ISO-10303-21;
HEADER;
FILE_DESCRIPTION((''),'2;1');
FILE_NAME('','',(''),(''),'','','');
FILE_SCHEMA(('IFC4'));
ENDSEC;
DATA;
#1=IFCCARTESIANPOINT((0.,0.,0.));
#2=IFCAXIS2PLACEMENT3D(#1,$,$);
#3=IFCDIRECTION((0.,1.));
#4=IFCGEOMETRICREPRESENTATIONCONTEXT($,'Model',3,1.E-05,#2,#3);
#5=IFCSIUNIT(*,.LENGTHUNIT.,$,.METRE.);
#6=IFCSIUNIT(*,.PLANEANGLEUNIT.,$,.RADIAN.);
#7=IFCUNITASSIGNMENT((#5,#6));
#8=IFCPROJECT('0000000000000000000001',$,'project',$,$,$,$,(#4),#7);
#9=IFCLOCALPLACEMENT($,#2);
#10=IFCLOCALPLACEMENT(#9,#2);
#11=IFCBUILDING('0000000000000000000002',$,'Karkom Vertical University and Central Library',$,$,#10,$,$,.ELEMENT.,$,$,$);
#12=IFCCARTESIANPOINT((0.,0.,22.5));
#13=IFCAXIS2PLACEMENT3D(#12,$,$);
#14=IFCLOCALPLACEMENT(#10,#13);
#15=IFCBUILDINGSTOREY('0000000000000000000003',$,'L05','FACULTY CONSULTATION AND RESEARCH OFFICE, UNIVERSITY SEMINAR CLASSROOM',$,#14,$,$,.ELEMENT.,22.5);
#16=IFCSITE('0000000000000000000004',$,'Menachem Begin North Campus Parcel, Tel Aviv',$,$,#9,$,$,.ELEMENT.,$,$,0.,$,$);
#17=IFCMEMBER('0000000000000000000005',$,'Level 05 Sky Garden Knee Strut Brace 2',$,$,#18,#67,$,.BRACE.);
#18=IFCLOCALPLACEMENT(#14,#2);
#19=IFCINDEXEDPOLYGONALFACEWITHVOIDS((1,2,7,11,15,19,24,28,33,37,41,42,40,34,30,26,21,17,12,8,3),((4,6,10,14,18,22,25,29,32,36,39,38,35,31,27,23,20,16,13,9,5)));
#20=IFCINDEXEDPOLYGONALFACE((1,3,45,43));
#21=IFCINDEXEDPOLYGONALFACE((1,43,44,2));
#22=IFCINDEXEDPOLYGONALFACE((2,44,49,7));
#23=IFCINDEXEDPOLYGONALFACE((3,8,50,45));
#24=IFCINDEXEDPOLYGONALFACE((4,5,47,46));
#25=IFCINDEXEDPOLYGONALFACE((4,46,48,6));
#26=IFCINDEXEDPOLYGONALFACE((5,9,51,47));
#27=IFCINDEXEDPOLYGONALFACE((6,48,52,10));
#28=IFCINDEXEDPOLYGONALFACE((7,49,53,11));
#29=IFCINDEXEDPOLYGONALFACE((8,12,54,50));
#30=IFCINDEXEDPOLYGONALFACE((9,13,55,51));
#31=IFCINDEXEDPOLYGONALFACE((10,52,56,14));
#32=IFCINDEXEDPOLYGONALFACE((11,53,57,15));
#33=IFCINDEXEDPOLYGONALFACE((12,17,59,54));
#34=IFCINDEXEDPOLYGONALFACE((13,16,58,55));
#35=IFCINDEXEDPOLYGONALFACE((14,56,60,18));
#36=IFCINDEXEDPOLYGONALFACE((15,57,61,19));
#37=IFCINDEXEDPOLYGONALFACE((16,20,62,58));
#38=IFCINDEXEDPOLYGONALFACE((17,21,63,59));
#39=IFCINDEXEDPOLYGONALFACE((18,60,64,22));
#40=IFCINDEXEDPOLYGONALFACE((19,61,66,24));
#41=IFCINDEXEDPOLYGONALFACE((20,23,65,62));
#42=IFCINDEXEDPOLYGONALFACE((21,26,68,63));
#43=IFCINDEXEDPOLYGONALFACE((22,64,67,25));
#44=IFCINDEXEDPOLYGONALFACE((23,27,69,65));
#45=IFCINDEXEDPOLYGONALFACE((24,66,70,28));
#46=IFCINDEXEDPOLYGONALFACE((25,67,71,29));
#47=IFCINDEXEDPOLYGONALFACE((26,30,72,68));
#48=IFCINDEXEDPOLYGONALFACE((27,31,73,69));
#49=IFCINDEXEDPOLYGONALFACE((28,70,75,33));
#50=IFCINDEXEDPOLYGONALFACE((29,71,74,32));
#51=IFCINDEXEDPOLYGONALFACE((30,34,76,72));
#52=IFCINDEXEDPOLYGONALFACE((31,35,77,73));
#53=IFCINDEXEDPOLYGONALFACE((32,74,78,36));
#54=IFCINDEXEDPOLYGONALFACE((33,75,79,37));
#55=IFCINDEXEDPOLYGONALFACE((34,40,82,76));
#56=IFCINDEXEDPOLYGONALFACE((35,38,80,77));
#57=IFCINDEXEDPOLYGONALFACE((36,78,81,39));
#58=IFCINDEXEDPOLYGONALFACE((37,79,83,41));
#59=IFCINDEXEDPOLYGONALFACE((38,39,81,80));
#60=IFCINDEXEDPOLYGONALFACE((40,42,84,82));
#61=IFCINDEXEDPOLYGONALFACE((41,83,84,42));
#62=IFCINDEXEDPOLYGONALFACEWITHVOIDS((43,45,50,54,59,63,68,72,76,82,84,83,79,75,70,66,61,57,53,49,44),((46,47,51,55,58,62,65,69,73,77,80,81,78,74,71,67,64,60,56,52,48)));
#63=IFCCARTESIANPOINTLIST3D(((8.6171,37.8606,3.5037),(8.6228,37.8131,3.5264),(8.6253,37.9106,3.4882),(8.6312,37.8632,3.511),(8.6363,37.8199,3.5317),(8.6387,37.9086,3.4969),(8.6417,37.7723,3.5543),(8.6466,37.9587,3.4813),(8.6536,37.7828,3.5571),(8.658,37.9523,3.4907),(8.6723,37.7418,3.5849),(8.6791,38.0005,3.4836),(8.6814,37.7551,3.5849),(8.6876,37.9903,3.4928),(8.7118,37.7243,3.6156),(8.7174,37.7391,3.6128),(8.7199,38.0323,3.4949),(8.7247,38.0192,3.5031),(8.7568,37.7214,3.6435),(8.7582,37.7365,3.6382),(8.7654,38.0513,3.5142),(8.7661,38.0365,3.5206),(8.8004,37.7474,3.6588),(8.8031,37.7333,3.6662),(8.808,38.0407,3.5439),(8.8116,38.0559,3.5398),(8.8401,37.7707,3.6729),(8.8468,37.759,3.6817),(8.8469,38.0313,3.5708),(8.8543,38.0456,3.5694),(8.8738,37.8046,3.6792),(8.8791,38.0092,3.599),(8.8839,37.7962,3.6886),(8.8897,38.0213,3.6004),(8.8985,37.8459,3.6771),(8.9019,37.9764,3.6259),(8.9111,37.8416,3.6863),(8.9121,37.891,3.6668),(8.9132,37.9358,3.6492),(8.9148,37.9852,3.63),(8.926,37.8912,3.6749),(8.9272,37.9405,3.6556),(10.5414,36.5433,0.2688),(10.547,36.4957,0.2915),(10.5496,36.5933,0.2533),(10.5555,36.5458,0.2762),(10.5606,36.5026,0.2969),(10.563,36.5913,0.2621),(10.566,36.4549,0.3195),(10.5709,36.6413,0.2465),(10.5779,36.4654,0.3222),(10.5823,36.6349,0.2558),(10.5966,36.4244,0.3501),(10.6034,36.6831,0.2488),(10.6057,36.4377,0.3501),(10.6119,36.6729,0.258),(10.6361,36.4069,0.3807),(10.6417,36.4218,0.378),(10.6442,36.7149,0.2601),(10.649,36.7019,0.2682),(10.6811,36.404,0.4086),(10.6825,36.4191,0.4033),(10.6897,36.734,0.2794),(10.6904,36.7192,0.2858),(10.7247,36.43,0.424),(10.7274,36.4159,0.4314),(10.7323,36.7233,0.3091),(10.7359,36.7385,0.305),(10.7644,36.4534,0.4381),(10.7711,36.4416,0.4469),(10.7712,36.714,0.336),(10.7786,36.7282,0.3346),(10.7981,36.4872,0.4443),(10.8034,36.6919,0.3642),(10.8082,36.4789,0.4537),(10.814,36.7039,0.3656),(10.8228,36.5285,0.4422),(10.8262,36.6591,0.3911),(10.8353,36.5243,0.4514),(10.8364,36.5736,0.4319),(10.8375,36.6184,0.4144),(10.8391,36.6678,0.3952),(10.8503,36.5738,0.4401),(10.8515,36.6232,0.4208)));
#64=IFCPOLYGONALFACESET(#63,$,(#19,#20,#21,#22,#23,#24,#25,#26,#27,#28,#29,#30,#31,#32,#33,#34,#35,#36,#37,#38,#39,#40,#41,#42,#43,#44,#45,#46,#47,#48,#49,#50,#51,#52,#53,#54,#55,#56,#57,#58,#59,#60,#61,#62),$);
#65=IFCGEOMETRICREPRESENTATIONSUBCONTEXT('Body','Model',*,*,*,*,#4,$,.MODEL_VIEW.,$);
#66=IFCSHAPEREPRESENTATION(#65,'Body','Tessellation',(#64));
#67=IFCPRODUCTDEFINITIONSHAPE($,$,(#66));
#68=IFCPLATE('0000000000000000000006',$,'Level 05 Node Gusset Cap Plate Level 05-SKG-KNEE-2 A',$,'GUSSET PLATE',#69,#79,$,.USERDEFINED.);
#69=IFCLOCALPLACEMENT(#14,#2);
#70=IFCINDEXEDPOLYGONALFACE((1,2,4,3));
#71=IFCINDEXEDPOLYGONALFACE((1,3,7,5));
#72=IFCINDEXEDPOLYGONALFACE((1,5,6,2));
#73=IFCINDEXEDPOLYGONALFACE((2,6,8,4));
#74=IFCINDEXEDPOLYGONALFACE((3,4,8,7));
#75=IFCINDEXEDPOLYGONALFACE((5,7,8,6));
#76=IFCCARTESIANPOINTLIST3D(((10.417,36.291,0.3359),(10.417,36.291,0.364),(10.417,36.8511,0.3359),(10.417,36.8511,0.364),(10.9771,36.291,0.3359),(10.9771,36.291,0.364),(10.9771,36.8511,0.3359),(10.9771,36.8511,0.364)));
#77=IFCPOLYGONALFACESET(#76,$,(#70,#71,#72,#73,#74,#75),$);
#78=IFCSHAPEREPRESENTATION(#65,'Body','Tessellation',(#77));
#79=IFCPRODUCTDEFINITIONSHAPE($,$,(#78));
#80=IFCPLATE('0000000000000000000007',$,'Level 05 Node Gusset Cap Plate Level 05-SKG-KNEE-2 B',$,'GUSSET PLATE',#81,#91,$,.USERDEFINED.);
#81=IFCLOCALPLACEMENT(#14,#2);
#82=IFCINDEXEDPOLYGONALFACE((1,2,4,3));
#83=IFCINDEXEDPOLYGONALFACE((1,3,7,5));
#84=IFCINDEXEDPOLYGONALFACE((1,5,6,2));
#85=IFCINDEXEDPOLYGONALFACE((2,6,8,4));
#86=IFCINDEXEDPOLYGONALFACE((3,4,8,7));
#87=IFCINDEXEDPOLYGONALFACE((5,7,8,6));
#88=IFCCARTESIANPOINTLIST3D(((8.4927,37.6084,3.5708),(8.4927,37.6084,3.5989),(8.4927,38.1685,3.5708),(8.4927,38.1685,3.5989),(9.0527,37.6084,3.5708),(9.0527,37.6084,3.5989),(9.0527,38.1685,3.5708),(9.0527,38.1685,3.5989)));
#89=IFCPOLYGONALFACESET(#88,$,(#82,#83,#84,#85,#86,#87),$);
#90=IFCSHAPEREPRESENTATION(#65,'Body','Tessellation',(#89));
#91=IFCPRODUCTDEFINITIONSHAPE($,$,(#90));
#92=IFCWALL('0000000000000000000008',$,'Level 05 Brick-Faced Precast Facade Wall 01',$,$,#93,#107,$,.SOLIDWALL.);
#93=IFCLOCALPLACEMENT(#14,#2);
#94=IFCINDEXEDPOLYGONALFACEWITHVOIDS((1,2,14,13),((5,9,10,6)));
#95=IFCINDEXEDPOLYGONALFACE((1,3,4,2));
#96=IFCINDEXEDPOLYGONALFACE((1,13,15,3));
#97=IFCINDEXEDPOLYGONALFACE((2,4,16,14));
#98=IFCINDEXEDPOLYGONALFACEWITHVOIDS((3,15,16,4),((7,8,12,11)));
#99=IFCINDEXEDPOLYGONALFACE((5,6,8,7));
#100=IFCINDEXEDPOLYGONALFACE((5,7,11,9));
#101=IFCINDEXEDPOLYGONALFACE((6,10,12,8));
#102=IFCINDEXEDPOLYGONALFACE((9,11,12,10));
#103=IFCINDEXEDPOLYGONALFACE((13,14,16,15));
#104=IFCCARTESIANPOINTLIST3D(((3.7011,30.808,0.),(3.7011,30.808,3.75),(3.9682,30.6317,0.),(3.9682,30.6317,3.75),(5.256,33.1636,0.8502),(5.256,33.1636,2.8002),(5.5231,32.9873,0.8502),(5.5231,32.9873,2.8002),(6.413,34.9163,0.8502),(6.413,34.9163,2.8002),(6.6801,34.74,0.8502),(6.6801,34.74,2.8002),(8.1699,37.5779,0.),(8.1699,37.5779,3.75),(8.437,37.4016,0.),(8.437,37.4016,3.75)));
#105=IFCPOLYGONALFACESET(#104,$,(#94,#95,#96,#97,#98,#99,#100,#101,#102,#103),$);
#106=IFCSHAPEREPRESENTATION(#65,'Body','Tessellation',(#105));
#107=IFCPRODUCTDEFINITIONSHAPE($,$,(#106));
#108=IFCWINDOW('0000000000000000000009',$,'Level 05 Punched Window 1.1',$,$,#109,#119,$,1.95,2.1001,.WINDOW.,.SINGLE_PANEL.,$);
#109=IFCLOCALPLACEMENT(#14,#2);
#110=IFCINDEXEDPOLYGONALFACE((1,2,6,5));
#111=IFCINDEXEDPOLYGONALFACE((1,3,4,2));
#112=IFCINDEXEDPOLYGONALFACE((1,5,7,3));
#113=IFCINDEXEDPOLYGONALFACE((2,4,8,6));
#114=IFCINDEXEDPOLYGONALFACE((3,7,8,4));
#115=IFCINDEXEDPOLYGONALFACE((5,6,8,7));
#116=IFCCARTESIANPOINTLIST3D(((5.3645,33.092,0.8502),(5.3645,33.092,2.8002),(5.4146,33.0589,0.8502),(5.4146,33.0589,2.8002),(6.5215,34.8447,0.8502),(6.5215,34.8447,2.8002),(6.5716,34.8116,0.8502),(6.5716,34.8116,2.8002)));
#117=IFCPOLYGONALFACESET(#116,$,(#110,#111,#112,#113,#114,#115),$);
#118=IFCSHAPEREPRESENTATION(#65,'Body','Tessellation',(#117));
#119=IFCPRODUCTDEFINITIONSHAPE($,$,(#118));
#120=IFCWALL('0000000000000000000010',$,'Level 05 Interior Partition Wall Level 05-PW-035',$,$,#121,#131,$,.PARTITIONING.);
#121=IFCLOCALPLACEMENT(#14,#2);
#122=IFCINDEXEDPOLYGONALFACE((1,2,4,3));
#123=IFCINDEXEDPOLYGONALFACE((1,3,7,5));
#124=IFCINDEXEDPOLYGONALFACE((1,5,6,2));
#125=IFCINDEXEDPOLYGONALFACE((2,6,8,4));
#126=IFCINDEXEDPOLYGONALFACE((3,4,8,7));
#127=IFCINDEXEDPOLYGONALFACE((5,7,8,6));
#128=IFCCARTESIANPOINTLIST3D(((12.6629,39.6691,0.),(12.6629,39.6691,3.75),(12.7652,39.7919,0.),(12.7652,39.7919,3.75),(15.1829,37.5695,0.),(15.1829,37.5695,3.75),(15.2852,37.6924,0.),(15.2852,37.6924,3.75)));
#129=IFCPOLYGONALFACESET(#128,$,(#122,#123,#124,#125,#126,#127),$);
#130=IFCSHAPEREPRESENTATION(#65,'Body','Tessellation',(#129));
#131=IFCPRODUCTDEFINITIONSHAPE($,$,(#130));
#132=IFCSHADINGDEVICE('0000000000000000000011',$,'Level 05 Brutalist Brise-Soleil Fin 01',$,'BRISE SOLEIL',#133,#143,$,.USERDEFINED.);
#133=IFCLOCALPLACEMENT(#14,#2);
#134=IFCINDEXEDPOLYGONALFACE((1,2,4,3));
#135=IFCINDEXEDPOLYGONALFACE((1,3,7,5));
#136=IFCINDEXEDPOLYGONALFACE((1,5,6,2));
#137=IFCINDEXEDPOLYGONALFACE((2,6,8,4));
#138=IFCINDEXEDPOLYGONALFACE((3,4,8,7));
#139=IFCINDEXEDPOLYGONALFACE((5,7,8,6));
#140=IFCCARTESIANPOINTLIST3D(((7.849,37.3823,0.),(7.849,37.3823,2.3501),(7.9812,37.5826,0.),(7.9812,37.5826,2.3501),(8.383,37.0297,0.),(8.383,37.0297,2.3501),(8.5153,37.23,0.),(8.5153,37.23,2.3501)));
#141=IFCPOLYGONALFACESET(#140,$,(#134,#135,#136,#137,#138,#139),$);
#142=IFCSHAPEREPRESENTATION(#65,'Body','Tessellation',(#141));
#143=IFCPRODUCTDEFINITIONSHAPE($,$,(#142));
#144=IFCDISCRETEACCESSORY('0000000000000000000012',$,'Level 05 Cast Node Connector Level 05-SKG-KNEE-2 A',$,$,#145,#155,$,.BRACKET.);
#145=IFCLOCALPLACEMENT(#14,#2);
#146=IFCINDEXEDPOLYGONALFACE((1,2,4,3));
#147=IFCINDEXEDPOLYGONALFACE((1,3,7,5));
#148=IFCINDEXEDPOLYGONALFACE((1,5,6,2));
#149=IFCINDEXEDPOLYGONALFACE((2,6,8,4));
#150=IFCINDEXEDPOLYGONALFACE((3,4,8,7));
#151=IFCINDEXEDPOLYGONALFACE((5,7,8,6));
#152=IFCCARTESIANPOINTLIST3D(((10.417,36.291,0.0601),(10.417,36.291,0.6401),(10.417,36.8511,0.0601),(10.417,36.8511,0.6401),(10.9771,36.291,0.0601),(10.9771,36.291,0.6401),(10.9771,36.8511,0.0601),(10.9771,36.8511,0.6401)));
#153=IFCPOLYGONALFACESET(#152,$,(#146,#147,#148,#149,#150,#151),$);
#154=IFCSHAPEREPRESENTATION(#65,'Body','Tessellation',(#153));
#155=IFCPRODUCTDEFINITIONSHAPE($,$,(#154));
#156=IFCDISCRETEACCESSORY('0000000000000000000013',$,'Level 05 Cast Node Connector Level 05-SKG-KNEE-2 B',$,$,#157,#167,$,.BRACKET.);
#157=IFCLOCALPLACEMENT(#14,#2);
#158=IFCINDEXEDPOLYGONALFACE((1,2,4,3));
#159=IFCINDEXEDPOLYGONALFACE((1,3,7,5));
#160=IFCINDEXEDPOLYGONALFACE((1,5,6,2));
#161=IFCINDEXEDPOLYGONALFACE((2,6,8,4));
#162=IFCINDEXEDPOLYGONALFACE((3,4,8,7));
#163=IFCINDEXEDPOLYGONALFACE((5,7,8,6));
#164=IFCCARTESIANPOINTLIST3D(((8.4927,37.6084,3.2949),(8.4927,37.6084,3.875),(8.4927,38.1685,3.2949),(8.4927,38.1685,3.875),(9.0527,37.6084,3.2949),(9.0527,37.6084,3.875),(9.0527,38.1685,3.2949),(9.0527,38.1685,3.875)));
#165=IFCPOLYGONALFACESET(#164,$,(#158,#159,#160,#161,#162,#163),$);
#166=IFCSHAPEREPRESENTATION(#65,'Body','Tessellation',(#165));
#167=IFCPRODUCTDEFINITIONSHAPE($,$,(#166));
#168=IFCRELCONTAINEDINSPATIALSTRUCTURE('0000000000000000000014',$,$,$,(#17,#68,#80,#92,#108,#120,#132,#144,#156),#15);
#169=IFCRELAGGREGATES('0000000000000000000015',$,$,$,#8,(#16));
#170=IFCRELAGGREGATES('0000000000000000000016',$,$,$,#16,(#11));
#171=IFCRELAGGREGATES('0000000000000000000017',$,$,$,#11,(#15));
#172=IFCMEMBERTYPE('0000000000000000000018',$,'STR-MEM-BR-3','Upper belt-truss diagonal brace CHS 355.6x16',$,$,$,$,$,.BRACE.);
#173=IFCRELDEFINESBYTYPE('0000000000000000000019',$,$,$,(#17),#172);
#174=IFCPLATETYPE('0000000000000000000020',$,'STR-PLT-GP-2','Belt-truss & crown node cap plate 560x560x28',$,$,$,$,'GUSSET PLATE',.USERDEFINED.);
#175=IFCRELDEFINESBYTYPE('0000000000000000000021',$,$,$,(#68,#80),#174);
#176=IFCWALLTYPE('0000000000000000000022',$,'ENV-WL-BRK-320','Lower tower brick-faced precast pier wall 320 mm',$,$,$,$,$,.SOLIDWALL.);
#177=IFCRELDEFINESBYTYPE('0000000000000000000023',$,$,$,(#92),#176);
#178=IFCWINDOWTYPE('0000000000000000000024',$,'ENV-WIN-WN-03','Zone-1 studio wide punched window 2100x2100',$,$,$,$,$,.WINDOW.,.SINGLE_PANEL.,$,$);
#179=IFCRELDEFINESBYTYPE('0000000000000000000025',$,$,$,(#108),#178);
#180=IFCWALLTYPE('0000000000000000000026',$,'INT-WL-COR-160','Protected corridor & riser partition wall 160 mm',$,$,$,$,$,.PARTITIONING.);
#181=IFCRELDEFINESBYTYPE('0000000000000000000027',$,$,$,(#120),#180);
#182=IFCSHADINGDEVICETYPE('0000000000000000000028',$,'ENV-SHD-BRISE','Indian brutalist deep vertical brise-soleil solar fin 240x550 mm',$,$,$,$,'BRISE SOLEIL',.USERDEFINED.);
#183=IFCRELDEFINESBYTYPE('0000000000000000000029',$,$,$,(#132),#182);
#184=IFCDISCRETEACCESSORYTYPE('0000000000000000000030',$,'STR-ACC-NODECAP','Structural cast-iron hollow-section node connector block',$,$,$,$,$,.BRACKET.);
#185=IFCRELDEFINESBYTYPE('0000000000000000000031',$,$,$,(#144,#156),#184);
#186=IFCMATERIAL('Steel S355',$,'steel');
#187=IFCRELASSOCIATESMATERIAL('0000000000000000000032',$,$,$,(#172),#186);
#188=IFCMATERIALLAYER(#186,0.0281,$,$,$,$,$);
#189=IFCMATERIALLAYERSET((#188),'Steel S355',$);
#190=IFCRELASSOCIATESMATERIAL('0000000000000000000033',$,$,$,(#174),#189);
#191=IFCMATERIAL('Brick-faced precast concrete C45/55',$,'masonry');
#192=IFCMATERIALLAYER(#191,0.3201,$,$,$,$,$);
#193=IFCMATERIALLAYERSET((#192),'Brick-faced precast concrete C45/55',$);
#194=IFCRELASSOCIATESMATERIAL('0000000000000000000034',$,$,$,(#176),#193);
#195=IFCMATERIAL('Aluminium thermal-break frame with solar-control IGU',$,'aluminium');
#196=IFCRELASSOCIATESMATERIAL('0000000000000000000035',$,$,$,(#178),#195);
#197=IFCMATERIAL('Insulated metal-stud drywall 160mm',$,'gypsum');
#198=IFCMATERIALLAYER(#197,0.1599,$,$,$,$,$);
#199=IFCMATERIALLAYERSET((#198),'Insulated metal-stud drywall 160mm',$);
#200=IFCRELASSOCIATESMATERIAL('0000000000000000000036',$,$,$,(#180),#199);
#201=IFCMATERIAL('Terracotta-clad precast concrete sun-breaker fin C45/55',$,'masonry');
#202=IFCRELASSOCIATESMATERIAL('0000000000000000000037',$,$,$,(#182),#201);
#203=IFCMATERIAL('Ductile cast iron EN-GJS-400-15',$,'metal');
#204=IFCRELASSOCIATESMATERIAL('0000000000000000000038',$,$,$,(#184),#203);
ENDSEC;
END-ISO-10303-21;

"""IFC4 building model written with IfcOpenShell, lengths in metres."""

from ifc_helpers import new_model, si_unit, direction, frame, frame_2d, origin, origin_with_axes, origin_2d, place, context, subcontext, project, spatial, rectangle, hollow_circle, extrude, source, transform, mapped, material, layer, layer_set, material_profile, profile_set, type_object, element, fill, save


model = new_model("IFC4")

# Units and contexts
model_context = context("Model", 3, precision=1e-05, world=origin(), true_north=direction((0.0, 1.0)))
body_context = subcontext(model_context, "Body", "Model", "MODEL_VIEW")
ifc_project = project(units=[si_unit("LENGTHUNIT", "METRE"), si_unit("PLANEANGLEUNIT", "RADIAN")], contexts=[model_context])

# Site, building, storey
site_placement = place(None, origin())
site = spatial("IfcSite", under=ifc_project, at=site_placement, Name="Menachem Begin North Campus Parcel, Tel Aviv", CompositionType="ELEMENT", RefElevation=0.0)
building_placement = place(site_placement, origin())
building = spatial("IfcBuilding", under=site, at=building_placement, Name="Karkom Vertical University and Central Library", CompositionType="ELEMENT")
storey_placement = place(building_placement, frame((0.0, 0.0, 22.5)))
storey = spatial("IfcBuildingStorey", under=building, at=storey_placement, Name="L05", Description="FACULTY CONSULTATION AND RESEARCH OFFICE, UNIVERSITY SEMINAR CLASSROOM", CompositionType="ELEMENT", Elevation=22.5)

# Shared definitions
ifc_material_1 = material(Name="Steel S355", Category="steel")

# Member
ifc_material_profile_1 = material_profile(ifc_material_1, hollow_circle(Radius=0.1777, WallThickness=0.0161, at=origin_2d()), Name="CHS 355.6x16")
ifc_profile_set_1 = profile_set([ifc_material_profile_1], Name="Steel S355")
member_type = type_object("IfcMemberType", Name="STR-MEM-BR-3", Description="Upper belt-truss diagonal brace CHS 355.6x16", PredefinedType="BRACE", material=ifc_profile_set_1)
shared_shape_1 = source(origin_with_axes(), body_context, "Body", "SweptSolid", [
    extrude(hollow_circle(Radius=0.1777, WallThickness=0.0161, at=origin_2d()), origin(), (0.0, 0.0, 1.0), 3.9878),
])
member_placement = place(storey_placement, frame((10.697, 36.571, 0.3501), z_axis=(-0.482547, 0.33035, 0.811183), x_axis=(-0.564902, -0.825158, 0.0)))
element("IfcMember", 1, at=member_placement, inside=storey, type_object=member_type, Name="Level 05 Sky Garden Knee Strut Brace 2", PredefinedType="BRACE", context=body_context, shape_type="MappedRepresentation", body=[
    mapped(shared_shape_1, transform((0.0, 0.0, 0.0), scale=1.0)),
])

# Plates
ifc_layer_1 = layer(ifc_material_1, 0.0281)
ifc_layer_set_1 = layer_set([ifc_layer_1], Name="Steel S355")
plate_type = type_object("IfcPlateType", Name="STR-PLT-GP-2", Description="Belt-truss & crown node cap plate 560x560x28", ElementType="GUSSET PLATE", PredefinedType="USERDEFINED", material=ifc_layer_set_1)
shared_shape_2 = source(origin_with_axes(), body_context, "Body", "SweptSolid", [
    extrude(rectangle(XDim=0.5601, YDim=0.5601, at=origin_2d()), origin(), (0.0, 0.0, 1.0), 0.0281),
])
for number, where, z_axis, x_axis, name in (
    (2, (10.697, 36.571, 0.3359), (0.0, 0.0, 1.0), (1.0, 0.0, 0.0), "Level 05 Node Gusset Cap Plate Level 05-SKG-KNEE-2 A"),
    (3, (8.7727, 37.8884, 3.5708), (0.0, 0.0, 1.0), (1.0, 0.0, 0.0), "Level 05 Node Gusset Cap Plate Level 05-SKG-KNEE-2 B"),
):
    element("IfcPlate", number, at=place(storey_placement, frame(where, z_axis=z_axis, x_axis=x_axis)), inside=storey, type_object=plate_type, Name=name, ObjectType="GUSSET PLATE", PredefinedType="USERDEFINED", context=body_context, shape_type="MappedRepresentation", body=[
        mapped(shared_shape_2, transform((0.0, 0.0, 0.0), scale=1.0)),
    ])

# Wall, opening, window
ifc_material_2 = material(Name="Brick-faced precast concrete C45/55", Category="masonry")
ifc_layer_2 = layer(ifc_material_2, 0.3201)
ifc_layer_set_2 = layer_set([ifc_layer_2], Name="Brick-faced precast concrete C45/55")
wall_type_1 = type_object("IfcWallType", Name="ENV-WL-BRK-320", Description="Lower tower brick-faced precast pier wall 320 mm", PredefinedType="SOLIDWALL", material=ifc_layer_set_2)
wall_1_placement = place(storey_placement, frame((8.3035, 37.4897, 0.0), z_axis=(0.0, 0.0, 1.0), x_axis=(-0.550902, -0.83457, 0.0)))
wall_1 = element("IfcWall", 4, at=wall_1_placement, inside=storey, type_object=wall_type_1, Name="Level 05 Brick-Faced Precast Facade Wall 01", PredefinedType="SOLIDWALL", context=body_context, shape_type="SweptSolid", body=[
    extrude(rectangle(XDim=8.1118, YDim=0.3201, at=frame_2d((4.0559, 0.0))), origin(), (0.0, 0.0, 1.0), 3.75),
])
opening_1_placement = place(wall_1_placement, frame((3.1892, 0.0, 0.8501)))
opening_1 = element("IfcOpeningElement", 5, at=opening_1_placement, cuts=wall_1, PredefinedType="OPENING", context=body_context, shape_type="SweptSolid", body=[
    extrude(rectangle(XDim=2.1001, YDim=1.95, at=frame_2d((1.05, 0.9751))), frame((0.0, 0.1699, 0.0), z_axis=(0.0, -1.0, 0.0), x_axis=(1.0, 0.0, 0.0)), (0.0, 0.0, 1.0), 0.3401),
])
ifc_material_3 = material(Name="Aluminium thermal-break frame with solar-control IGU", Category="aluminium")
window_type = type_object("IfcWindowType", Name="ENV-WIN-WN-03", Description="Zone-1 studio wide punched window 2100x2100", PartitioningType="SINGLE_PANEL", PredefinedType="WINDOW", material=ifc_material_3)
shared_shape_3 = source(origin_with_axes(), body_context, "Body", "SweptSolid", [
    extrude(rectangle(XDim=2.1001, YDim=1.95, at=frame_2d((1.05, 0.9751))), frame((0.0, 0.03, 0.0), z_axis=(0.0, -1.0, 0.0), x_axis=(1.0, 0.0, 0.0)), (0.0, 0.0, 1.0), 0.0601),
])
window_placement = place(opening_1_placement, origin())
window = element("IfcWindow", 6, at=window_placement, inside=storey, type_object=window_type, Name="Level 05 Punched Window 1.1", OverallHeight=1.95, OverallWidth=2.1001, PartitioningType="SINGLE_PANEL", PredefinedType="WINDOW", context=body_context, shape_type="MappedRepresentation", body=[
    mapped(shared_shape_3, transform((0.0, 0.0, 0.0), scale=1.0)),
])
fill(opening_1, window)

# Shared definitions
ifc_material_4 = material(Name="Insulated metal-stud drywall 160mm", Category="gypsum")
ifc_layer_3 = layer(ifc_material_4, 0.1599)
ifc_layer_set_3 = layer_set([ifc_layer_3], Name="Insulated metal-stud drywall 160mm")
wall_type_2 = type_object("IfcWallType", Name="INT-WL-COR-160", Description="Protected corridor & riser partition wall 160 mm", PredefinedType="PARTITIONING", material=ifc_layer_set_3)

# Wall
wall_2_placement = place(storey_placement, frame((15.2341, 37.6309, 0.0), z_axis=(0.0, 0.0, 1.0), x_axis=(-0.768282, 0.640111, 0.0)))
element("IfcWall", 7, at=wall_2_placement, inside=storey, type_object=wall_type_2, Name="Level 05 Interior Partition Wall Level 05-PW-035", PredefinedType="PARTITIONING", context=body_context, shape_type="SweptSolid", body=[
    extrude(rectangle(XDim=3.28, YDim=0.1599, at=frame_2d((1.6401, 0.0))), origin(), (0.0, 0.0, 1.0), 3.75),
])

# Shading device
ifc_material_5 = material(Name="Terracotta-clad precast concrete sun-breaker fin C45/55", Category="masonry")
shading_device_type = type_object("IfcShadingDeviceType", Name="ENV-SHD-BRISE", Description="Indian brutalist deep vertical brise-soleil solar fin 240x550 mm", ElementType="BRISE SOLEIL", PredefinedType="USERDEFINED", material=ifc_material_5)
shared_shape_4 = source(origin_with_axes(), body_context, "Body", "SweptSolid", [
    extrude(rectangle(XDim=0.24, YDim=0.6399, at=origin_2d()), origin(), (0.0, 0.0, 1.0), 2.3501),
])
shading_device_placement = place(storey_placement, frame((8.1821, 37.3062, 0.0), z_axis=(0.0, 0.0, 1.0), x_axis=(-0.550918, -0.83456, 0.0)))
element("IfcShadingDevice", 8, at=shading_device_placement, inside=storey, type_object=shading_device_type, Name="Level 05 Brutalist Brise-Soleil Fin 01", ObjectType="BRISE SOLEIL", PredefinedType="USERDEFINED", context=body_context, shape_type="MappedRepresentation", body=[
    mapped(shared_shape_4, transform((0.0, 0.0, 0.0), scale=1.0)),
])

# Discrete accessories
ifc_material_6 = material(Name="Ductile cast iron EN-GJS-400-15", Category="metal")
discrete_accessory_type_1 = type_object("IfcDiscreteAccessoryType", Name="STR-ACC-NODECAP", Description="Structural cast-iron hollow-section node connector block", PredefinedType="BRACKET", material=ifc_material_6)
shared_shape_5 = source(origin_with_axes(), body_context, "Body", "SweptSolid", [
    extrude(rectangle(XDim=0.5601, YDim=0.5601, at=origin_2d()), origin(), (0.0, 0.0, 1.0), 0.5801),
])
for number, where, z_axis, x_axis, name in (
    (9, (10.697, 36.571, 0.0601), (0.0, 0.0, 1.0), (1.0, 0.0, 0.0), "Level 05 Cast Node Connector Level 05-SKG-KNEE-2 A"),
    (10, (8.7727, 37.8884, 3.2949), (0.0, 0.0, 1.0), (1.0, 0.0, 0.0), "Level 05 Cast Node Connector Level 05-SKG-KNEE-2 B"),
):
    element("IfcDiscreteAccessory", number, at=place(storey_placement, frame(where, z_axis=z_axis, x_axis=x_axis)), inside=storey, type_object=discrete_accessory_type_1, Name=name, PredefinedType="BRACKET", context=body_context, shape_type="MappedRepresentation", body=[
        mapped(shared_shape_5, transform((0.0, 0.0, 0.0), scale=1.0)),
    ])

save(model, "model.ifc")
